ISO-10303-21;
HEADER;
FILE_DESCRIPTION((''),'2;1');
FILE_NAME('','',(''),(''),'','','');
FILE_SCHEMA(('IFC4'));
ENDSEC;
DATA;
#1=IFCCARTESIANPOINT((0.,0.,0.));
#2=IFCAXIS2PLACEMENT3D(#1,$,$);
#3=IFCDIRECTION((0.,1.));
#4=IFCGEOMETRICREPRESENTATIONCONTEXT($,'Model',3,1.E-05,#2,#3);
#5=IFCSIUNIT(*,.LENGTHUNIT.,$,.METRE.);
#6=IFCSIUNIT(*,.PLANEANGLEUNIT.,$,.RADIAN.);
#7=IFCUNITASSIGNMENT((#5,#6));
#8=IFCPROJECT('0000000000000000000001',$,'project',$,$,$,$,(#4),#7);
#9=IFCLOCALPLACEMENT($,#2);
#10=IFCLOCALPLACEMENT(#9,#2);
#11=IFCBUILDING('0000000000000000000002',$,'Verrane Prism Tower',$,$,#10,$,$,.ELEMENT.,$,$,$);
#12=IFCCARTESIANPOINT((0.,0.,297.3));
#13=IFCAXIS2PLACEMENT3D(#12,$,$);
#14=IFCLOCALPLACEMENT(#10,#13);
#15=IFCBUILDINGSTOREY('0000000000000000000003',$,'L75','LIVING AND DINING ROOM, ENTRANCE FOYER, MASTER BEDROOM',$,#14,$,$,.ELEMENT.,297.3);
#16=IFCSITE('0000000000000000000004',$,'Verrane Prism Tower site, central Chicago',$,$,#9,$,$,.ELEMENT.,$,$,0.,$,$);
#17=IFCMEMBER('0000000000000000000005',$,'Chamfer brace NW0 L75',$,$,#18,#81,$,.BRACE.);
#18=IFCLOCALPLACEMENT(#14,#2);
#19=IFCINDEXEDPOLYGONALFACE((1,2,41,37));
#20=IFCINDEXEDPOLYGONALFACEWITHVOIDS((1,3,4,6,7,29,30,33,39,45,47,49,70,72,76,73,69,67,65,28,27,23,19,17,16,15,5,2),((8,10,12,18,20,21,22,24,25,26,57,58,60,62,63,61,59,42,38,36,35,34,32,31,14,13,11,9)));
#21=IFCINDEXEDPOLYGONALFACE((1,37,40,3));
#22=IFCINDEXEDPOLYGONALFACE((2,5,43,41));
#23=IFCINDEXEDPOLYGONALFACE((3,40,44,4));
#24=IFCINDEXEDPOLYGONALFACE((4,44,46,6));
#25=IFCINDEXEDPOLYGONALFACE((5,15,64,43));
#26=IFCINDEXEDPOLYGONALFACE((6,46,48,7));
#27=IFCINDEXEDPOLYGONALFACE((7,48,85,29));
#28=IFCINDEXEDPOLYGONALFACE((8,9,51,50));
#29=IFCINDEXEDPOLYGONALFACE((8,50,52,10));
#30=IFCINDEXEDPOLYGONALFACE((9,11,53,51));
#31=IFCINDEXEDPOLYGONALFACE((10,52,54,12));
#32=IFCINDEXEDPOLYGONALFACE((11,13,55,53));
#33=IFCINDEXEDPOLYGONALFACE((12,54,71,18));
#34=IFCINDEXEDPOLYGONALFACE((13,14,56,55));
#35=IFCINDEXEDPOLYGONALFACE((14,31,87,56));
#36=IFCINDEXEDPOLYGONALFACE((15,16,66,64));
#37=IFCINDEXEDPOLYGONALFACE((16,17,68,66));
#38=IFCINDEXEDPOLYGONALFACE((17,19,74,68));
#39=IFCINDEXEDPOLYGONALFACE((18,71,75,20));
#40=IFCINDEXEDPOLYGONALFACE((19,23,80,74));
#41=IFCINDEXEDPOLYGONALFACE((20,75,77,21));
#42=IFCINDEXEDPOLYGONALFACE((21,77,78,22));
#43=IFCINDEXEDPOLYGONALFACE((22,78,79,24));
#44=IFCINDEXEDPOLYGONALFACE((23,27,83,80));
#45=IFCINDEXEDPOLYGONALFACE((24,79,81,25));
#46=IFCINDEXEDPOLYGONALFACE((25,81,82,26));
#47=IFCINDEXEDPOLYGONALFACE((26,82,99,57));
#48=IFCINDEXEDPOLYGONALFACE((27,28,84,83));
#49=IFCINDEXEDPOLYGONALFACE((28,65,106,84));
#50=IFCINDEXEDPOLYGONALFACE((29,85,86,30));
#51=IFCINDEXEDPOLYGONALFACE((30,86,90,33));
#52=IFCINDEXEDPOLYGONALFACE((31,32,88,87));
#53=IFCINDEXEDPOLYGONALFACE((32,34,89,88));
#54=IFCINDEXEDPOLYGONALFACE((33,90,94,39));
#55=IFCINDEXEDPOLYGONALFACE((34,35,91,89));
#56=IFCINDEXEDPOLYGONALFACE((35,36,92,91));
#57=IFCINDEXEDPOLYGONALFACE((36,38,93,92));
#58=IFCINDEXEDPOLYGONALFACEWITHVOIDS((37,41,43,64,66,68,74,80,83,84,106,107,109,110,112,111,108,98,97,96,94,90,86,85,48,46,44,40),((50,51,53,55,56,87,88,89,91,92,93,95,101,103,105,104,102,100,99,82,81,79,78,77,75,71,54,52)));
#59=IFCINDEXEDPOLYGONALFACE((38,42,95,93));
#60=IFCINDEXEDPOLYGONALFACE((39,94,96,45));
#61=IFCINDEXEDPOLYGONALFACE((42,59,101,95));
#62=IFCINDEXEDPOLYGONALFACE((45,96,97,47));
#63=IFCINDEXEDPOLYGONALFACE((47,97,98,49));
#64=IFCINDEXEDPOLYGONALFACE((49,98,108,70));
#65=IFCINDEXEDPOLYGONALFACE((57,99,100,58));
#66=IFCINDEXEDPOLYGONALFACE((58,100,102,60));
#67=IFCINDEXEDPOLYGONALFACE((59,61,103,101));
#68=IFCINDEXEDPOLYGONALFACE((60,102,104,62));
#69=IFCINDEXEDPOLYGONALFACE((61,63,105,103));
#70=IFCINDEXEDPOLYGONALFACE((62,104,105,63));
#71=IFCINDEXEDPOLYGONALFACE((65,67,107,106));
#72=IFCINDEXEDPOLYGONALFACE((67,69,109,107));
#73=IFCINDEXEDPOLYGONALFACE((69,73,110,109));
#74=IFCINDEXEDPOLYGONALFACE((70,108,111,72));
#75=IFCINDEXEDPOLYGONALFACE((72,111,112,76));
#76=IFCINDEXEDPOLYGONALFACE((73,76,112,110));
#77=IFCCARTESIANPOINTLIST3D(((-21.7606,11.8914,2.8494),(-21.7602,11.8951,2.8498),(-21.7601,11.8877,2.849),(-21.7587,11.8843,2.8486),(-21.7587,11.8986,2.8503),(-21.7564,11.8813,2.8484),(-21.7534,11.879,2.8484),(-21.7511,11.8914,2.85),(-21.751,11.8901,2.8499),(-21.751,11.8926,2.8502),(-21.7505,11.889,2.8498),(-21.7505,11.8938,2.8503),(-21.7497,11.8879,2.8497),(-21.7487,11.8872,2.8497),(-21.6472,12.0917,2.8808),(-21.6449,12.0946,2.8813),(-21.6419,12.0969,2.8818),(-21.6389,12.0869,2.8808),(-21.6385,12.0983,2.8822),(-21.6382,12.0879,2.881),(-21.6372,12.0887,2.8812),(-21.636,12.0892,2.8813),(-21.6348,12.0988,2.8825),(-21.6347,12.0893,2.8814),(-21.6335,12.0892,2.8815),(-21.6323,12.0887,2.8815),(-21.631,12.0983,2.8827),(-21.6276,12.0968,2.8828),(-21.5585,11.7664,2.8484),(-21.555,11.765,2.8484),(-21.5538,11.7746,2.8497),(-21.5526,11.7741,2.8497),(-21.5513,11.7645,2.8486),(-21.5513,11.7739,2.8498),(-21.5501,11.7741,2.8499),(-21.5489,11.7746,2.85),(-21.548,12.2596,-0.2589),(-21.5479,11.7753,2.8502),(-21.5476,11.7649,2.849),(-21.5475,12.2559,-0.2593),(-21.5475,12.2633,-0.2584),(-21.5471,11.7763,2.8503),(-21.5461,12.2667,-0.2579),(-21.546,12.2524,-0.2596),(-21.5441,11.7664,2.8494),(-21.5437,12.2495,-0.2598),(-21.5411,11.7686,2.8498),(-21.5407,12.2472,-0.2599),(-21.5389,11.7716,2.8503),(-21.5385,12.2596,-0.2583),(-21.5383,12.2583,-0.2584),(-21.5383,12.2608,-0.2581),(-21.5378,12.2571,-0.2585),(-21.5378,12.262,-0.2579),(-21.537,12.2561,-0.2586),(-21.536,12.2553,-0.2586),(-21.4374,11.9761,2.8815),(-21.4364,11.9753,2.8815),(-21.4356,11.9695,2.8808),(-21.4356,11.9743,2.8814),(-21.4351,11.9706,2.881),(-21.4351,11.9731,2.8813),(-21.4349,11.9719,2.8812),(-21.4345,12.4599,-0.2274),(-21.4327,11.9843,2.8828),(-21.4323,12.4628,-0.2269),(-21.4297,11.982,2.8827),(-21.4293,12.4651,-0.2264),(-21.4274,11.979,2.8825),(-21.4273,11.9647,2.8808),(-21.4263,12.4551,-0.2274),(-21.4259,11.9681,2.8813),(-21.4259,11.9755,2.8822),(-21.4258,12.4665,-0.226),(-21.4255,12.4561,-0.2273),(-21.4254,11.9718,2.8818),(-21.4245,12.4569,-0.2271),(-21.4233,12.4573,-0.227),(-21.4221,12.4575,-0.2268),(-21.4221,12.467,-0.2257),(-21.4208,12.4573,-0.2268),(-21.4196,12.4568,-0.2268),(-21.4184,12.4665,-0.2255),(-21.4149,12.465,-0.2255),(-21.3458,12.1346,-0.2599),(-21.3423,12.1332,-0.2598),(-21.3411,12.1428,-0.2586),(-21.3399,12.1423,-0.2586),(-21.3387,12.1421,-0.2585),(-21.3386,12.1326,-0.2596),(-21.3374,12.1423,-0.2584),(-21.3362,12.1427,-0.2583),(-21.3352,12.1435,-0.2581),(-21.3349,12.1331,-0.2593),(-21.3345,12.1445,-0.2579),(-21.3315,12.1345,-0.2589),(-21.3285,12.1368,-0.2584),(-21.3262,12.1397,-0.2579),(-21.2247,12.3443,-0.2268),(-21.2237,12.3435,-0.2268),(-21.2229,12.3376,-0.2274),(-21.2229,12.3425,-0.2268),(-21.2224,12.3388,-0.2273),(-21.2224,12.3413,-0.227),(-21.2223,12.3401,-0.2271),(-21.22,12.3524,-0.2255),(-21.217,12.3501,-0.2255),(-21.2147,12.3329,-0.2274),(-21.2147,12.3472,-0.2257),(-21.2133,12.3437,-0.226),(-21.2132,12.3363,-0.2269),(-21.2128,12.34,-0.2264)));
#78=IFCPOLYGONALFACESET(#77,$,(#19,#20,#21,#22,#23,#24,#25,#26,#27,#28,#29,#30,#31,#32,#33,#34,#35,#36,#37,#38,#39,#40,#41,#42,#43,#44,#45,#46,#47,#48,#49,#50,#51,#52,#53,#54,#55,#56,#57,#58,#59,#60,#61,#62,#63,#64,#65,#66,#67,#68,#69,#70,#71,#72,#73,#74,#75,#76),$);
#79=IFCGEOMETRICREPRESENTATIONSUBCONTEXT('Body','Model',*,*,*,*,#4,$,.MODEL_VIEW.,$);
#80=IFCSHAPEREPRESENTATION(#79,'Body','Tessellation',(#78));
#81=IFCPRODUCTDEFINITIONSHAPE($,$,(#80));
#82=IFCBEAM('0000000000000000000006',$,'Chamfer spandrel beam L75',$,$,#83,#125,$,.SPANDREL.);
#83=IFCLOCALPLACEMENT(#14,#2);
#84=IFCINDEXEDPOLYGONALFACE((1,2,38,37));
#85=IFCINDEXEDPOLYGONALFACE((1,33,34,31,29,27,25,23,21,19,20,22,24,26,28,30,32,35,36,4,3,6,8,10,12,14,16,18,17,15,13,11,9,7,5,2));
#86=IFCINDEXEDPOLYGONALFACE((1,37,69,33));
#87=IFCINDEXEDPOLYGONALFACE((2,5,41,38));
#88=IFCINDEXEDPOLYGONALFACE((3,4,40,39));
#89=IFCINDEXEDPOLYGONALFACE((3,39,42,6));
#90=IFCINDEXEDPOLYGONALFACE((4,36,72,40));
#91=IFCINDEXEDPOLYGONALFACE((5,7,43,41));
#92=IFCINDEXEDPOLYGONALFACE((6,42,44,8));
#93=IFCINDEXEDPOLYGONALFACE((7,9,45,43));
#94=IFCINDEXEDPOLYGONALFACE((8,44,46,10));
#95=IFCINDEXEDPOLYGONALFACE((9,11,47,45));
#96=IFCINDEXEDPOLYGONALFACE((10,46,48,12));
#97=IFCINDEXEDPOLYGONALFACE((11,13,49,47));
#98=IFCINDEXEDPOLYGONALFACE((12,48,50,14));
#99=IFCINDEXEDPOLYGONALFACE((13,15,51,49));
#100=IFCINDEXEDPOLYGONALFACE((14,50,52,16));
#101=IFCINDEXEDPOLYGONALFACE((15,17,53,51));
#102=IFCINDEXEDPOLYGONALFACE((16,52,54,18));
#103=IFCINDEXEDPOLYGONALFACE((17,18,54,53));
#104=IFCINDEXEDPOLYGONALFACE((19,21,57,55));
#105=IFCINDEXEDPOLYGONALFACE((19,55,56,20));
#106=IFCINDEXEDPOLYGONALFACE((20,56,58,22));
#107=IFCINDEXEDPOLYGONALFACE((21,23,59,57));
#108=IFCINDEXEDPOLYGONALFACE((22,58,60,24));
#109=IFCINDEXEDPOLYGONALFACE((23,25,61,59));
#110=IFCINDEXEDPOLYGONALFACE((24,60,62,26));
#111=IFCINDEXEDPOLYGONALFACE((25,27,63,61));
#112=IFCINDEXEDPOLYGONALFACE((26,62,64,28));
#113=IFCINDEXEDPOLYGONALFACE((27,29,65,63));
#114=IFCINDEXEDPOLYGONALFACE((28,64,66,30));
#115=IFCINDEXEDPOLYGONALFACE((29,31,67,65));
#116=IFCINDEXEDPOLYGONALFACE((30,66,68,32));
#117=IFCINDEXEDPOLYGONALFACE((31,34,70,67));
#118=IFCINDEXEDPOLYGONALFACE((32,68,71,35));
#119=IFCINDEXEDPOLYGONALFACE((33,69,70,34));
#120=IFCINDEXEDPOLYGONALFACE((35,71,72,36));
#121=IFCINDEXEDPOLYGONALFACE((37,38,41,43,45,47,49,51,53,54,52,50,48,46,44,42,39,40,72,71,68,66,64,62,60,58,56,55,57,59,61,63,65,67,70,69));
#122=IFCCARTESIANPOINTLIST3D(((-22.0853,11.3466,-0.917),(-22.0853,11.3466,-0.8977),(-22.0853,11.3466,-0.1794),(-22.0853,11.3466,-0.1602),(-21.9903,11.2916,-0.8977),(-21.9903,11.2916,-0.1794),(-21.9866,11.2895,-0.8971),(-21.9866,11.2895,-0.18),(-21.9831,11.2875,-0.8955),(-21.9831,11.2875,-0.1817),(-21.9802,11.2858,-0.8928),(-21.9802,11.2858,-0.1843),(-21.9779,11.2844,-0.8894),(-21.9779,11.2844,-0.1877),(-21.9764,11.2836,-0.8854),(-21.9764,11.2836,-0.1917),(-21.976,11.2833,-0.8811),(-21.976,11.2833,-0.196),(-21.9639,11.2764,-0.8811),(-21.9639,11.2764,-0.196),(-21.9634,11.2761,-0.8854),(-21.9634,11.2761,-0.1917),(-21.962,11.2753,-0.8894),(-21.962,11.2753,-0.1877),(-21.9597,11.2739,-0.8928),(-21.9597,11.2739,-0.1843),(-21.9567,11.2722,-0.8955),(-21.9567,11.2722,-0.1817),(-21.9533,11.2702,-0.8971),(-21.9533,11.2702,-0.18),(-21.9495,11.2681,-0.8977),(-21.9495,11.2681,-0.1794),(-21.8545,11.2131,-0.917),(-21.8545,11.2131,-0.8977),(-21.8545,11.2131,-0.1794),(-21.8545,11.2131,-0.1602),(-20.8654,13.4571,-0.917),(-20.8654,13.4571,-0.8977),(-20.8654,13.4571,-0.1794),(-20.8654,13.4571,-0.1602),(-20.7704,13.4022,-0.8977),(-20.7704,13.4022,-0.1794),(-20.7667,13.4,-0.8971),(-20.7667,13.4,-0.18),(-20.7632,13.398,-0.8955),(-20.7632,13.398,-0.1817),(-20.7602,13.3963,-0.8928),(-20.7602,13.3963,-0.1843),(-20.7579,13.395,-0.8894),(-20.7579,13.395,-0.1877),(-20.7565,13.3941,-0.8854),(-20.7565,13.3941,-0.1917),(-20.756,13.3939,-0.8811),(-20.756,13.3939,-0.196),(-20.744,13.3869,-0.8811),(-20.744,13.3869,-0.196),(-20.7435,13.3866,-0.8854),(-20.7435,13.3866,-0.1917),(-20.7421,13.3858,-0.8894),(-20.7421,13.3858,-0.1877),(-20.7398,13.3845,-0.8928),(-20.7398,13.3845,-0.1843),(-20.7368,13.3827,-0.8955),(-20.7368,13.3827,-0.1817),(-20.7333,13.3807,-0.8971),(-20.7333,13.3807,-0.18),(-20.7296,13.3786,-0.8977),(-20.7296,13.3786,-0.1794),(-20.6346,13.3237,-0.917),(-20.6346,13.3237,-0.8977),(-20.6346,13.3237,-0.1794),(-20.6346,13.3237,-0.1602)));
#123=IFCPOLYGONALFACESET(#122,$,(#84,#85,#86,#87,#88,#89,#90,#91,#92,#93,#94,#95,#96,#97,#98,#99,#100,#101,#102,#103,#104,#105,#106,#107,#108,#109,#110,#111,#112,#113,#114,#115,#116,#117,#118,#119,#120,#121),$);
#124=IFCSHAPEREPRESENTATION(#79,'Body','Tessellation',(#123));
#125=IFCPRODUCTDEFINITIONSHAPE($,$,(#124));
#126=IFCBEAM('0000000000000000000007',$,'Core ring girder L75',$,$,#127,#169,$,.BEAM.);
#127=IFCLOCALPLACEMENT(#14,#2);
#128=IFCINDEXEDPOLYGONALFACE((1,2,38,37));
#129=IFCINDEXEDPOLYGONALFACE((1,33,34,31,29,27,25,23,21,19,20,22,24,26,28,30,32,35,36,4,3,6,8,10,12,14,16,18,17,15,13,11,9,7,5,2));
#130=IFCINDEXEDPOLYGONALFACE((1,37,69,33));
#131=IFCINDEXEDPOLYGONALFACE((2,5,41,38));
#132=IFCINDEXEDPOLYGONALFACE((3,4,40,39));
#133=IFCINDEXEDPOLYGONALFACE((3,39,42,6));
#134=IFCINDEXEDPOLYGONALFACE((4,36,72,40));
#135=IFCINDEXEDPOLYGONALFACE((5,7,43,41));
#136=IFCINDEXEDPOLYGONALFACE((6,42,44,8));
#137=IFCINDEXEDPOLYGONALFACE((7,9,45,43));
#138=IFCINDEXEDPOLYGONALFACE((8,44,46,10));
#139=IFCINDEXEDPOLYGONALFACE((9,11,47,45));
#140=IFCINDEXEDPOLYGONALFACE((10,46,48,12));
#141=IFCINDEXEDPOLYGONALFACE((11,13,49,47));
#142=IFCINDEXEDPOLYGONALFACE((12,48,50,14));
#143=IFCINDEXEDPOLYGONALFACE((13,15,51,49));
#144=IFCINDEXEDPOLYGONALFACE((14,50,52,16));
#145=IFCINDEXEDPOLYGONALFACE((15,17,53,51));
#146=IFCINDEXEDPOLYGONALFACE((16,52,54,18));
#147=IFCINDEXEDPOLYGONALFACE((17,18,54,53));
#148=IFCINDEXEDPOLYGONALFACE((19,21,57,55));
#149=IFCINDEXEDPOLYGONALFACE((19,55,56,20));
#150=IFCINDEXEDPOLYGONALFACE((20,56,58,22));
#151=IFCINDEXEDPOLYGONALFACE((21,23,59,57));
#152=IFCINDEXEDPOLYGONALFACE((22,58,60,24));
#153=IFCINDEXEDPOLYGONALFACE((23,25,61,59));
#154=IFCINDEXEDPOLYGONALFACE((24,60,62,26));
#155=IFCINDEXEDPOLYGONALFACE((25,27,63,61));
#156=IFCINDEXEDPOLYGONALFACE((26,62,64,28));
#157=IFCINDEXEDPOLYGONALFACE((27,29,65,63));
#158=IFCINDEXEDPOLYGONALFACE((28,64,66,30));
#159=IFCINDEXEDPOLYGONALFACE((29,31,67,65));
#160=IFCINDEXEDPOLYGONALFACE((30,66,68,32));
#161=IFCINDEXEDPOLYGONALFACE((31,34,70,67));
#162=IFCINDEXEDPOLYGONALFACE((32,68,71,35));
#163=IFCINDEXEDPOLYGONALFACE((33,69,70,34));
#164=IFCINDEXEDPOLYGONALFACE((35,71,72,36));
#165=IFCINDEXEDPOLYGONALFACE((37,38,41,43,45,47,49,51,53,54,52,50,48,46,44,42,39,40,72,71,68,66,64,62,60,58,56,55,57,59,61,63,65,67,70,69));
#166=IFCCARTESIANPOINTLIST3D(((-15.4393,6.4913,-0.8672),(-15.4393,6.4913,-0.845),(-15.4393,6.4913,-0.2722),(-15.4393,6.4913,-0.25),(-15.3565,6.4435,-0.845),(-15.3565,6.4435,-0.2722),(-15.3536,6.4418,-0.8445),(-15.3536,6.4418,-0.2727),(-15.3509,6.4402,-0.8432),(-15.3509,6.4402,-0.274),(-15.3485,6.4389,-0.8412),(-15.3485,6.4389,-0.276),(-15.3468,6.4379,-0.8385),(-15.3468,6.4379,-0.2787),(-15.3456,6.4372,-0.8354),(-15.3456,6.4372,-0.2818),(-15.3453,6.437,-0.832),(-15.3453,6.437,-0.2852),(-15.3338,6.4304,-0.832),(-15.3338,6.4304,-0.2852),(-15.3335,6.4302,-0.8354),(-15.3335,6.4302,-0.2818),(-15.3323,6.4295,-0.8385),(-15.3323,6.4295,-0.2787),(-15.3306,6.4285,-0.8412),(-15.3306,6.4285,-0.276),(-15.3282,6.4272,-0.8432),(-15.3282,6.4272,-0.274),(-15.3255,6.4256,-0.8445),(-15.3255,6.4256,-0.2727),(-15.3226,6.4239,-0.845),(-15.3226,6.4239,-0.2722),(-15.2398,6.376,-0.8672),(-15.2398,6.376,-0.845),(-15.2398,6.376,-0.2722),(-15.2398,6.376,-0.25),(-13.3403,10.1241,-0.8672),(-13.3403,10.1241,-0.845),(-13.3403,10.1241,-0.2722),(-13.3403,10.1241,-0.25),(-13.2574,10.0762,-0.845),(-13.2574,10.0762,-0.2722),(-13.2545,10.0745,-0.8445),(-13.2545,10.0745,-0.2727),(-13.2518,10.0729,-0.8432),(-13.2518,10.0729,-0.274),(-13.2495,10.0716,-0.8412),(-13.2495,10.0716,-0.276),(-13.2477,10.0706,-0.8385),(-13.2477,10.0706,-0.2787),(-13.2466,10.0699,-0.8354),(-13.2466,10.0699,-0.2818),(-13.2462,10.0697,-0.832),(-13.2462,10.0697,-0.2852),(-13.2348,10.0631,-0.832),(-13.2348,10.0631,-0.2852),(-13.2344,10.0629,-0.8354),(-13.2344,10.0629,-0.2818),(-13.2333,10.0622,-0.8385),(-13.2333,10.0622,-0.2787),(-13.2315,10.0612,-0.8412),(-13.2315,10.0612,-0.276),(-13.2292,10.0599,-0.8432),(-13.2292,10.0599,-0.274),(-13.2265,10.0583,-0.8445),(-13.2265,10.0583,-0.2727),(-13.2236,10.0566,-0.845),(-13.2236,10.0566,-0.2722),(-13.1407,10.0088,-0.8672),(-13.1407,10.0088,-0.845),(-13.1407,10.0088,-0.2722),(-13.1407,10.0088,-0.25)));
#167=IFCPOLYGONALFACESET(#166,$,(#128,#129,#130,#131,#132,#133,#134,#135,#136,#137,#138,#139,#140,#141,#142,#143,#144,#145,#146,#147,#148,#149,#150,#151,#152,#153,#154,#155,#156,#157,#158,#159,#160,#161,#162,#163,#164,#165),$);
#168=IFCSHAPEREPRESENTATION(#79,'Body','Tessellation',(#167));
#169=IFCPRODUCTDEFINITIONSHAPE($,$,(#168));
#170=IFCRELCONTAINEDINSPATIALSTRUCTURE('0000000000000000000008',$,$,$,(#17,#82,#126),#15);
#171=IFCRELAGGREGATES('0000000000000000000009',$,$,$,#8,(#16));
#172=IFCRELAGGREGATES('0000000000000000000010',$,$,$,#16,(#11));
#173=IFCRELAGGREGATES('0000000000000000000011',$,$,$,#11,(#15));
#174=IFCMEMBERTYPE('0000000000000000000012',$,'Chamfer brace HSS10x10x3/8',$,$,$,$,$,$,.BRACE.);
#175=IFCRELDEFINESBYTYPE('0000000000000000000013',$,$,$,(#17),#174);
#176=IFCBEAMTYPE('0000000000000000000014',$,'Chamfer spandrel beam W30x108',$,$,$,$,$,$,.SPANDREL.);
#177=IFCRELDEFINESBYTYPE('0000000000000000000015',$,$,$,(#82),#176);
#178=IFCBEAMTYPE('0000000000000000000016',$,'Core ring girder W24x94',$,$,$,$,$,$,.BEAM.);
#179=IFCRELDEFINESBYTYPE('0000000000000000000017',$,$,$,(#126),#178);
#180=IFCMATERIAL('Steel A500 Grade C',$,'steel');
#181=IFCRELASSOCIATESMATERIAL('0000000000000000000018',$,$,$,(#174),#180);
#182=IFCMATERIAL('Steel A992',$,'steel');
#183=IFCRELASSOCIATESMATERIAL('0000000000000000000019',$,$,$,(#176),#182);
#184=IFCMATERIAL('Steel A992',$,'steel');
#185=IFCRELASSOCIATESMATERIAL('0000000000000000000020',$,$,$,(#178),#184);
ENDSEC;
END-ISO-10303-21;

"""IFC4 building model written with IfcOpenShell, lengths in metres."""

from ifc_helpers import new_model, si_unit, direction, frame, origin, origin_2d, place, context, subcontext, project, spatial, hollow_rectangle, i_section, extrude, material, material_profile, profile_set, type_object, element, save


model = new_model("IFC4")

# Units and contexts
model_context = context("Model", 3, precision=1e-05, world=origin(), true_north=direction((0.0, 1.0)))
body_context = subcontext(model_context, "Body", "Model", "MODEL_VIEW")
ifc_project = project(units=[si_unit("LENGTHUNIT", "METRE"), si_unit("PLANEANGLEUNIT", "RADIAN")], contexts=[model_context])

# Site, building, storey
site_placement = place(None, origin())
site = spatial("IfcSite", under=ifc_project, at=site_placement, Name="Verrane Prism Tower site, central Chicago", CompositionType="ELEMENT", RefElevation=0.0)
building_placement = place(site_placement, origin())
building = spatial("IfcBuilding", under=site, at=building_placement, Name="Verrane Prism Tower", CompositionType="ELEMENT")
storey_placement = place(building_placement, frame((0.0, 0.0, 297.3)))
storey = spatial("IfcBuildingStorey", under=building, at=storey_placement, Name="L75", Description="LIVING AND DINING ROOM, ENTRANCE FOYER, MASTER BEDROOM", CompositionType="ELEMENT", Elevation=297.3)

# Member
ifc_material_1 = material(Name="Steel A500 Grade C", Category="steel")
ifc_material_profile_1 = material_profile(ifc_material_1, hollow_rectangle(XDim=0.2539, YDim=0.2539, WallThickness=0.0095, InnerFilletRadius=0.0049, OuterFilletRadius=0.0144, at=origin_2d()), Name="HSS10x10x3/8")
ifc_profile_set_1 = profile_set([ifc_material_profile_1], Name="Steel A500 Grade C")
member_type_1 = type_object("IfcMemberType", Name="Chamfer brace HSS10x10x3/8", PredefinedType="BRACE", material=ifc_profile_set_1)
member_1_placement = place(storey_placement, frame((-21.3804, 12.2998, -0.2427), z_axis=(-0.067784, -0.117358, 0.990774), x_axis=(0.865937, -0.500153, 0.0)))
element("IfcMember", 1, at=member_1_placement, inside=storey, type_object=member_type_1, Name="Chamfer brace NW0 L75", PredefinedType="BRACE", context=body_context, shape_type="SweptSolid", body=[
    extrude(hollow_rectangle(XDim=0.2539, YDim=0.2539, WallThickness=0.0095, InnerFilletRadius=0.0049, OuterFilletRadius=0.0144, at=origin_2d()), origin(), (0.0, 0.0, 1.0), 3.1372),
])

# Beams
ifc_material_2 = material(Name="Steel A992", Category="steel")
ifc_material_profile_2 = material_profile(ifc_material_2, i_section(OverallWidth=0.2666, OverallDepth=0.7568, WebThickness=0.0139, FlangeThickness=0.0193, FilletRadius=0.0166, at=origin_2d()), Name="W30x108")
ifc_profile_set_2 = profile_set([ifc_material_profile_2], Name="Steel A992")
beam_type_1 = type_object("IfcBeamType", Name="Chamfer spandrel beam W30x108", PredefinedType="SPANDREL", material=ifc_profile_set_2)
beam_1_placement = place(storey_placement, frame((-20.75, 13.3904, -0.5386), z_axis=(-0.500436, -0.865773, 0.0), x_axis=(0.865773, -0.500436, 0.0)))
element("IfcBeam", 2, at=beam_1_placement, inside=storey, type_object=beam_type_1, Name="Chamfer spandrel beam L75", PredefinedType="SPANDREL", context=body_context, shape_type="SweptSolid", body=[
    extrude(i_section(OverallWidth=0.2666, OverallDepth=0.7568, WebThickness=0.0139, FlangeThickness=0.0193, FilletRadius=0.0166, at=origin_2d()), origin(), (0.0, 0.0, 1.0), 2.4377),
])
ifc_material_3 = material(Name="Steel A992", Category="steel")
ifc_material_profile_3 = material_profile(ifc_material_3, i_section(OverallWidth=0.2305, OverallDepth=0.6172, WebThickness=0.0132, FlangeThickness=0.0222, FilletRadius=0.0129, at=origin_2d()), Name="W24x94")
ifc_profile_set_3 = profile_set([ifc_material_profile_3], Name="Steel A992")
beam_type_2 = type_object("IfcBeamType", Name="Core ring girder W24x94", PredefinedType="BEAM", material=ifc_profile_set_3)
beam_2_placement = place(storey_placement, frame((-13.2405, 10.0664, -0.5586), z_axis=(-0.500307, -0.865848, 0.0), x_axis=(0.865848, -0.500307, 0.0)))
element("IfcBeam", 3, at=beam_2_placement, inside=storey, type_object=beam_type_2, Name="Core ring girder L75", PredefinedType="BEAM", context=body_context, shape_type="SweptSolid", body=[
    extrude(i_section(OverallWidth=0.2305, OverallDepth=0.6172, WebThickness=0.0132, FlangeThickness=0.0222, FilletRadius=0.0129, at=origin_2d()), origin(), (0.0, 0.0, 1.0), 4.1956),
])

save(model, "model.ifc")
